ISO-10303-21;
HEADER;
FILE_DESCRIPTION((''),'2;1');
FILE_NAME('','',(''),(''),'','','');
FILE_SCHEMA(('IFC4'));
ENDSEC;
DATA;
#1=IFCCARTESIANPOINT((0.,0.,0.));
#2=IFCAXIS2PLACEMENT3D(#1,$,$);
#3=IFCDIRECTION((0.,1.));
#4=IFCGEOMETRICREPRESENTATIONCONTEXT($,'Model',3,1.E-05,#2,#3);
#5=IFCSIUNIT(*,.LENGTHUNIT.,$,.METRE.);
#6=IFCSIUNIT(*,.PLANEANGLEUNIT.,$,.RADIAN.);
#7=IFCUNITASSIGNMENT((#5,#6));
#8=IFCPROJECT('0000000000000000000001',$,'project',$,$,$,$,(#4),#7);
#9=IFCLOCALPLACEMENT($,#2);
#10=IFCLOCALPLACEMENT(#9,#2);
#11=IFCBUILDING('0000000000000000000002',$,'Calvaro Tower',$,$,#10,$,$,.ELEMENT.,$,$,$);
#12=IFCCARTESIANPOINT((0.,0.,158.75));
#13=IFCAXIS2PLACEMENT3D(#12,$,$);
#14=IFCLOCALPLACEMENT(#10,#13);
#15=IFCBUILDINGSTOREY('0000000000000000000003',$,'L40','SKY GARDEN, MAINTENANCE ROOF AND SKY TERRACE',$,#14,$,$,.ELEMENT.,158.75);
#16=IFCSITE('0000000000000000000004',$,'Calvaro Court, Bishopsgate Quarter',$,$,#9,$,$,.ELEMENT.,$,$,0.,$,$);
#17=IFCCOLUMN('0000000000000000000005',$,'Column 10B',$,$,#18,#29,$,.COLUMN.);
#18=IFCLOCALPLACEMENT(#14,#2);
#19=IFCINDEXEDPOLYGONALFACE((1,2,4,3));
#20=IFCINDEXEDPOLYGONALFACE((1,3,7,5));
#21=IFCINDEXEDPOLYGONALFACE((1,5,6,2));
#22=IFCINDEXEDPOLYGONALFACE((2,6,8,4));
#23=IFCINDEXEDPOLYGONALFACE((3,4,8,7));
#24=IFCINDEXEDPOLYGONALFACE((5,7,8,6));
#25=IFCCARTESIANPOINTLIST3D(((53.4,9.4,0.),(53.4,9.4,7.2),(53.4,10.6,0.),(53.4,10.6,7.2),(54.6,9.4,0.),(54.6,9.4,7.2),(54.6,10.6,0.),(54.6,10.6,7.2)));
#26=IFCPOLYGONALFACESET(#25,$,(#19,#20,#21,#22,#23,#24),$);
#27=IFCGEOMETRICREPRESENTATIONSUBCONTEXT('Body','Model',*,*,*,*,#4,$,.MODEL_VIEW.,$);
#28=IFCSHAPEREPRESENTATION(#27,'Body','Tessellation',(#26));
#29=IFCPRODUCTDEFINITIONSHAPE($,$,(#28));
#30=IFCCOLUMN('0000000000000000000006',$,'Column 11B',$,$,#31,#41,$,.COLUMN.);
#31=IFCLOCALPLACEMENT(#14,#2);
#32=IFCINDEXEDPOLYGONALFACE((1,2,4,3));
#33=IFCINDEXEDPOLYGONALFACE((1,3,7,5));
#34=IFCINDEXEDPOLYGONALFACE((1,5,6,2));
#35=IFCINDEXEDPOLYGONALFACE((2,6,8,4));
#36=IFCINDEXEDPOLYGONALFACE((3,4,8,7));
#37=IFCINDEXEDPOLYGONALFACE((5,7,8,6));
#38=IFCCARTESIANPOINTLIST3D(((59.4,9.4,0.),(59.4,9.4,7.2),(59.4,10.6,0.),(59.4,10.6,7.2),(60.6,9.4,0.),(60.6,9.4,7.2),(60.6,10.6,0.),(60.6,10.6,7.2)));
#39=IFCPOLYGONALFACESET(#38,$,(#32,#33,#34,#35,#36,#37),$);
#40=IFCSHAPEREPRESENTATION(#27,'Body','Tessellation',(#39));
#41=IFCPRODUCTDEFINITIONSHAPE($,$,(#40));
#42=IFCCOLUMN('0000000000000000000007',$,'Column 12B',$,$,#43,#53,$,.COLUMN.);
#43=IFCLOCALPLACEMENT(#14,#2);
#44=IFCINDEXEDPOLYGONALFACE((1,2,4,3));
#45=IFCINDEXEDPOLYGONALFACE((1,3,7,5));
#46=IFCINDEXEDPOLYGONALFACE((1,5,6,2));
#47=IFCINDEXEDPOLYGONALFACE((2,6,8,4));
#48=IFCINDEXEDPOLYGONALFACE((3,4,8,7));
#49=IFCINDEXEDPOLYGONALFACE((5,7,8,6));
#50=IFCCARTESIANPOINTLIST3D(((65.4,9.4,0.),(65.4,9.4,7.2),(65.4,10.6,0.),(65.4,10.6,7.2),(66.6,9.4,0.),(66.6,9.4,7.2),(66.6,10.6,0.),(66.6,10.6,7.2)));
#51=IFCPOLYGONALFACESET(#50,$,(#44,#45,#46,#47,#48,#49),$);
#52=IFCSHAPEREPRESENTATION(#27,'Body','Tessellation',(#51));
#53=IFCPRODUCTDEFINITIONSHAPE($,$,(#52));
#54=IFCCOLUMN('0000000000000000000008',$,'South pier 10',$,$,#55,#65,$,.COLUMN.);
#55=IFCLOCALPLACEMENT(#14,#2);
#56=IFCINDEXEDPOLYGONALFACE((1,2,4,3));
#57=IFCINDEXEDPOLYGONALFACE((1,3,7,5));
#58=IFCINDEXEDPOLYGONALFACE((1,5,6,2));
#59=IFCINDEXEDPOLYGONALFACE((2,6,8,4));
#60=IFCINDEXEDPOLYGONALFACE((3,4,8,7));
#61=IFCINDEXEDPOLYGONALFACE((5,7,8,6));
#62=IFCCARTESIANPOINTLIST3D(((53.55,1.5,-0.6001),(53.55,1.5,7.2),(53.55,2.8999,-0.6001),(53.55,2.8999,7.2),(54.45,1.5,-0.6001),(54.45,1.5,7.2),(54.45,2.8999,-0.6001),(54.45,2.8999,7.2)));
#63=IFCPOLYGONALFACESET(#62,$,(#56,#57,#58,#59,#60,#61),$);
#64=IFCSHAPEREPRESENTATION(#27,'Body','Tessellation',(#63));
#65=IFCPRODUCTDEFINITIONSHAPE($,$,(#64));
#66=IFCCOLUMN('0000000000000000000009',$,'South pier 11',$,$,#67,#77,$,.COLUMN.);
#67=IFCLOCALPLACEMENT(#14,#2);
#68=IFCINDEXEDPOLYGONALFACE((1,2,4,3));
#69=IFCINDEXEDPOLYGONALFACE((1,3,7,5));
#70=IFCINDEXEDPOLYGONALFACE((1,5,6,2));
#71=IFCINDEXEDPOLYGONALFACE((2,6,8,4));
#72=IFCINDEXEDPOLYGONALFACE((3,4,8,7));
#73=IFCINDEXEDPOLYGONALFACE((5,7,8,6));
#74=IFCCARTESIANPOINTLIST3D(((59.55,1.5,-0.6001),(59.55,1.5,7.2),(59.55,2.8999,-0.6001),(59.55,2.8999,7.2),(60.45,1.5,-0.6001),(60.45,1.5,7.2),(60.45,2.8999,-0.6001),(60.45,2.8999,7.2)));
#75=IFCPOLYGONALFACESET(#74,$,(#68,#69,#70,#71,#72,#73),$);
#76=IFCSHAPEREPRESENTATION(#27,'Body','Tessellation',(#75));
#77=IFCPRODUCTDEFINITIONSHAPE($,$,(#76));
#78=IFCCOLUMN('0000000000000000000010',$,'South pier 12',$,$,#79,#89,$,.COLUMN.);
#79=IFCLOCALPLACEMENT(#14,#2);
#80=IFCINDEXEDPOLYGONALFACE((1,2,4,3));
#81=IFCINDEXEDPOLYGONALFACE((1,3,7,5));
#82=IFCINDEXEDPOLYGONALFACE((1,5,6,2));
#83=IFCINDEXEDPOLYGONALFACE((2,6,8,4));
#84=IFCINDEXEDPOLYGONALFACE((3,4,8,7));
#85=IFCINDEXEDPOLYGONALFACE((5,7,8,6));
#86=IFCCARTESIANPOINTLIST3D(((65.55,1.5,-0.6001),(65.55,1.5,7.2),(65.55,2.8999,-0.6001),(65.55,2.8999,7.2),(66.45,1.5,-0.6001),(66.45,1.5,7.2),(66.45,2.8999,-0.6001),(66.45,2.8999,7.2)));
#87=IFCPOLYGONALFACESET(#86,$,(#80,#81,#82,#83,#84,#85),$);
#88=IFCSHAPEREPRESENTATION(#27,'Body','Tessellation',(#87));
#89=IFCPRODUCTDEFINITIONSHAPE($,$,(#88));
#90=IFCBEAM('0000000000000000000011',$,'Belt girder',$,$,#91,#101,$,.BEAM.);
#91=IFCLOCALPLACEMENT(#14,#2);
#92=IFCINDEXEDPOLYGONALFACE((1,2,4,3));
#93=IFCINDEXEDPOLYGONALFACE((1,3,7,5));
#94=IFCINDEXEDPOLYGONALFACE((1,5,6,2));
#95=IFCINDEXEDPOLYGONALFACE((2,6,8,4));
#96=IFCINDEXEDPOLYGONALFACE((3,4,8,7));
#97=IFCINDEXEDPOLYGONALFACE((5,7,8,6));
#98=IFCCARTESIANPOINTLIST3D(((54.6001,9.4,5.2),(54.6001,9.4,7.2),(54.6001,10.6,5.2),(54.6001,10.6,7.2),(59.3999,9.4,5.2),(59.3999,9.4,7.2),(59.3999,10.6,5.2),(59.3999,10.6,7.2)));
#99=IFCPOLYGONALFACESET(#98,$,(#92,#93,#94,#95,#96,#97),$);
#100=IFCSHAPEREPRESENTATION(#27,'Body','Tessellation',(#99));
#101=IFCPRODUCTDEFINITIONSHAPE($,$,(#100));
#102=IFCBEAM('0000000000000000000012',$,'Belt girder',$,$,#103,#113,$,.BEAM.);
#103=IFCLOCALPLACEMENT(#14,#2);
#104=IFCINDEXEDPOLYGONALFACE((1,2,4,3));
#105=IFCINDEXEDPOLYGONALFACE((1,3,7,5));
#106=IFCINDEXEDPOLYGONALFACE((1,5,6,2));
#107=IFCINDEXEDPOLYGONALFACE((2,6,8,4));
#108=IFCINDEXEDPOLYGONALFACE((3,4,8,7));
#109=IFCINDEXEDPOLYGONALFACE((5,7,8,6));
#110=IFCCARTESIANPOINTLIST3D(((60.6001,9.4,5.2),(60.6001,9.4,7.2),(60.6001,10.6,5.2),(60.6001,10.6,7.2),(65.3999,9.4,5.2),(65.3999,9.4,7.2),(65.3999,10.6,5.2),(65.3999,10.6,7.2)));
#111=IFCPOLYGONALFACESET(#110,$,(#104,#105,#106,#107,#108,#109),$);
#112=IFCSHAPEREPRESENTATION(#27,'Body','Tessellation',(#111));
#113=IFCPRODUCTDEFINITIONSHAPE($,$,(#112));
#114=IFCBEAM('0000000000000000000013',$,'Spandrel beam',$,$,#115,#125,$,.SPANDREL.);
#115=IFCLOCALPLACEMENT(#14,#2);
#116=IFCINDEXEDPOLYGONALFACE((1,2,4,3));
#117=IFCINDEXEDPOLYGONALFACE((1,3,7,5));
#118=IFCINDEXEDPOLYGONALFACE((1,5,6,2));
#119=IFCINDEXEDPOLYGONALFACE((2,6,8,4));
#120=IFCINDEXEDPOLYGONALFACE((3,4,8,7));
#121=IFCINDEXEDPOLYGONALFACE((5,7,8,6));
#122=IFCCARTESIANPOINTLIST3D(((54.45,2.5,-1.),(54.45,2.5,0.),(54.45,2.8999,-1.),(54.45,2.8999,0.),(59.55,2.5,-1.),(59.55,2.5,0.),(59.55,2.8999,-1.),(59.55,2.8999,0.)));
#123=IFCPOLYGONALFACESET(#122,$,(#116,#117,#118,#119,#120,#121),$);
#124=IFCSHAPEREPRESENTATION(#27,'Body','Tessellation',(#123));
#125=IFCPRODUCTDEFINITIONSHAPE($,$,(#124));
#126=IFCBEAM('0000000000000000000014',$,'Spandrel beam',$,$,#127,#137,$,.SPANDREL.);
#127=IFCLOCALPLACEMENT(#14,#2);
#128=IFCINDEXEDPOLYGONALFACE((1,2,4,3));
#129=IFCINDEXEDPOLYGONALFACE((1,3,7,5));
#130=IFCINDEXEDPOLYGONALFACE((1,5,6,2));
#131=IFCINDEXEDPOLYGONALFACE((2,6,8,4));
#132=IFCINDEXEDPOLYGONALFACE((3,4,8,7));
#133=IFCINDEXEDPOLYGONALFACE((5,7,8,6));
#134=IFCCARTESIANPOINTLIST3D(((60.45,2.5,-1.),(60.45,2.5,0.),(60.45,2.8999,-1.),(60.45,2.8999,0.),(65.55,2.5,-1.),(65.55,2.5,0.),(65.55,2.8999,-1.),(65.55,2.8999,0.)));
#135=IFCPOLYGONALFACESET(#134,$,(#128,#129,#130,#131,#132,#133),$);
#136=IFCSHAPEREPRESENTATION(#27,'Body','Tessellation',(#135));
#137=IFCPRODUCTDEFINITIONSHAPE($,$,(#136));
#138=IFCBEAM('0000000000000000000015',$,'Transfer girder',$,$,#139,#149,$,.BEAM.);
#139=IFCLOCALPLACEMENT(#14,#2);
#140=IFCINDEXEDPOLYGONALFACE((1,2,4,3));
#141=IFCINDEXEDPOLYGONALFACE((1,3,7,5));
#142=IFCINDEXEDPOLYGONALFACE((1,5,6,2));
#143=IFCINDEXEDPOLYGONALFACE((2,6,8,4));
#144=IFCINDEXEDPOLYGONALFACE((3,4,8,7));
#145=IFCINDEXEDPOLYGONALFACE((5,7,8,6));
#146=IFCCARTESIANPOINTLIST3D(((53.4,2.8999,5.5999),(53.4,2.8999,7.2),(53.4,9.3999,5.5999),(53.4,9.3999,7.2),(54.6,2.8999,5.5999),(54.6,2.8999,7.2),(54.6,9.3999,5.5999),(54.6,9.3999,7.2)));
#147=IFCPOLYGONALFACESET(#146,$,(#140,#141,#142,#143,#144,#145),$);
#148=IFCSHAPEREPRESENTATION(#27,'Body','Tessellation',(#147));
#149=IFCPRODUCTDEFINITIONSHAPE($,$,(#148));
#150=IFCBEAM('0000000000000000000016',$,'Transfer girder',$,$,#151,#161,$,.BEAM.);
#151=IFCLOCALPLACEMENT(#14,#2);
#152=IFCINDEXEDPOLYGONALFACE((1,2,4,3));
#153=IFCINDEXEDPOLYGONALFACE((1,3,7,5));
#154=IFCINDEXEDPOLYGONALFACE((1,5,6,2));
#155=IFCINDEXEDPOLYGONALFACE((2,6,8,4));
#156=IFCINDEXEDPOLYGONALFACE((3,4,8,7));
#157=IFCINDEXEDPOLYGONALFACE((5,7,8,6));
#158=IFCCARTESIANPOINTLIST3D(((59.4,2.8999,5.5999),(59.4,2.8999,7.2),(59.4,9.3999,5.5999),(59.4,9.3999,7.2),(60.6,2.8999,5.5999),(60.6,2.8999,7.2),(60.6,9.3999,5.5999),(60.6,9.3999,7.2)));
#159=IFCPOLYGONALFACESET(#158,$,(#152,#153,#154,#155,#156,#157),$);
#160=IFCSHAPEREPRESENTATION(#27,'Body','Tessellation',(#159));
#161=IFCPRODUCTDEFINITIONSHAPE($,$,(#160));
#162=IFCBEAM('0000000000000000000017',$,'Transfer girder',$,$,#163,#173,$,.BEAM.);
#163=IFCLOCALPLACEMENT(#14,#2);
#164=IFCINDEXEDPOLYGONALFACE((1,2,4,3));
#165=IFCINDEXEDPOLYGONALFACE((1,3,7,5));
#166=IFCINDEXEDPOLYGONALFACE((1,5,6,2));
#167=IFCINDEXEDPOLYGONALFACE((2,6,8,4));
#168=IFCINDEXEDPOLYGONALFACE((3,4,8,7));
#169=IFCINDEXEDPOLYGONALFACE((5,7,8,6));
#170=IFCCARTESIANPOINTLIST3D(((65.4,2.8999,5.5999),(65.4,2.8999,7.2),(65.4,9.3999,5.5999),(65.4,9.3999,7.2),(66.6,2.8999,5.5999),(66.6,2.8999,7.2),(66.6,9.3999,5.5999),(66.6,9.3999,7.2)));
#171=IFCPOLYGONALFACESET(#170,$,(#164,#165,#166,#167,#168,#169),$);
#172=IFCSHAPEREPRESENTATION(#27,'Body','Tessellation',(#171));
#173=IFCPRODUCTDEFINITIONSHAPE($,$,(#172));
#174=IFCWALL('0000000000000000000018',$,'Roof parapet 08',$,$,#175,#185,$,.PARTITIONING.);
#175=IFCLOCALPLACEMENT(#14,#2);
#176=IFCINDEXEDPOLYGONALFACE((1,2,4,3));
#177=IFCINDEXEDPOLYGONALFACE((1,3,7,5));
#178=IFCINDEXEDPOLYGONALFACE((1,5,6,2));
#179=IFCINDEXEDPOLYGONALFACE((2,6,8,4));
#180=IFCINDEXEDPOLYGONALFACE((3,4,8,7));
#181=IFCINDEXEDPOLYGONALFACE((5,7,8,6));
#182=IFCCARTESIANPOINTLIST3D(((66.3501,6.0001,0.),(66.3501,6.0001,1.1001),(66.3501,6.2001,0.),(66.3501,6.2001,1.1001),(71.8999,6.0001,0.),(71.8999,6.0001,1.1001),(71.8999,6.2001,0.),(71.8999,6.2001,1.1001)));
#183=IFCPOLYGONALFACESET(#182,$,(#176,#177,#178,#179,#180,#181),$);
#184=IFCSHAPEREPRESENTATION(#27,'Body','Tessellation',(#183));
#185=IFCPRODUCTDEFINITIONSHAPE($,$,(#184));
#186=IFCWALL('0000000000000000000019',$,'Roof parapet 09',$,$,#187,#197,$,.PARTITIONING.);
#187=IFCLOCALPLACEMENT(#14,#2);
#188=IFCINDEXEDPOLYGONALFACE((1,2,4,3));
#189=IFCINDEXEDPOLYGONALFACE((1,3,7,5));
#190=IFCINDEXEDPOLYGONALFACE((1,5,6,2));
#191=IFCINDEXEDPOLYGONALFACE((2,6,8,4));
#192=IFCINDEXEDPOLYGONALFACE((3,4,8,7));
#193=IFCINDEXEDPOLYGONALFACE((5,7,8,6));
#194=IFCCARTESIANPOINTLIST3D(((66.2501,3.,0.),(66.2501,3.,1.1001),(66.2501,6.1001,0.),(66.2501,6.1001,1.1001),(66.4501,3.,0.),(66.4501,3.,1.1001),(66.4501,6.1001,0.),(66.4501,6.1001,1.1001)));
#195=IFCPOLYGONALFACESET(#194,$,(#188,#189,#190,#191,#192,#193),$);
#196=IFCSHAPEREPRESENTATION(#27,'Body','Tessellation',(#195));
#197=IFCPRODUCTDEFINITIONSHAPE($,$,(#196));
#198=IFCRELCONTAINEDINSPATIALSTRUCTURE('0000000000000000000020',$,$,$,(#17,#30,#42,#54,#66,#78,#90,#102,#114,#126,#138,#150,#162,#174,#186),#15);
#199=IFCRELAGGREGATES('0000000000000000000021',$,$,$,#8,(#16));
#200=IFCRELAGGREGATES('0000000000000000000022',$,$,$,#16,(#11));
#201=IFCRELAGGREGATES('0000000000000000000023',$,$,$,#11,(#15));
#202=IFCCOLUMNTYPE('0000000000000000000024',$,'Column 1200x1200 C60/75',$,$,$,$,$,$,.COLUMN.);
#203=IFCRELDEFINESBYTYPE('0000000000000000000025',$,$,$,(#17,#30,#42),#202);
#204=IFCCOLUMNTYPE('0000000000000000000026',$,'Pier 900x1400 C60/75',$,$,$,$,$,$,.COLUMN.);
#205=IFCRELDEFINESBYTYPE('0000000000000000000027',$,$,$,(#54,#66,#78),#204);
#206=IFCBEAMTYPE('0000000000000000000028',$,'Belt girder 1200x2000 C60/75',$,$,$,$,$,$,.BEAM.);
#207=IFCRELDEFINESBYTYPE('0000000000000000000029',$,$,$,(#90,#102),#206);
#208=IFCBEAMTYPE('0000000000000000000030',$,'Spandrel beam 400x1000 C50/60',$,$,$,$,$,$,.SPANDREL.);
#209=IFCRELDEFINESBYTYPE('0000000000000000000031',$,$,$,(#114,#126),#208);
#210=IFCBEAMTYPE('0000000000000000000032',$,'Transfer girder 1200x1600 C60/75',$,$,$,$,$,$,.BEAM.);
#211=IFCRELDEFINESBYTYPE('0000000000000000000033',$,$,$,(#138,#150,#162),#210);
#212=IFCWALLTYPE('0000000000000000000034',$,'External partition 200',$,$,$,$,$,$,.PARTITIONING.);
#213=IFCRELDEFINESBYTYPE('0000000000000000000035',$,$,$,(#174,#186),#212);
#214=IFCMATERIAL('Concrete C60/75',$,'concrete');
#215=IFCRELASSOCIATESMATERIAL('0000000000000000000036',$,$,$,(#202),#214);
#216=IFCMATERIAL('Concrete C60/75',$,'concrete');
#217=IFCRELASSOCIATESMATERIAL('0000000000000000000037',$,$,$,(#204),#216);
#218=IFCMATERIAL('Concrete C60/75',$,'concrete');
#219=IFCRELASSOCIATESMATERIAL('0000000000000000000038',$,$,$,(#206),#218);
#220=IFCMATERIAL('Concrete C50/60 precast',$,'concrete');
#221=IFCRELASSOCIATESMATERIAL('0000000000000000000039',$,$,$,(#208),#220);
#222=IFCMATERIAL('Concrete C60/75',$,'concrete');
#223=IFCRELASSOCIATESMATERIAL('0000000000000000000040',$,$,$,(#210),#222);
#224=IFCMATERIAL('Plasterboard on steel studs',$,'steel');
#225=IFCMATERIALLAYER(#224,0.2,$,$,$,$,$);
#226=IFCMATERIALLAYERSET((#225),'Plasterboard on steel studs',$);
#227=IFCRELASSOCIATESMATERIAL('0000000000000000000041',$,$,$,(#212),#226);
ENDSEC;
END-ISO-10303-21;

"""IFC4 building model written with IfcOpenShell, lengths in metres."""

from ifc_helpers import new_model, si_unit, direction, frame, frame_2d, origin, origin_2d, place, context, subcontext, project, spatial, rectangle, extrude, material, layer, layer_set, material_profile, profile_set, type_object, element, save


model = new_model("IFC4")

# Units and contexts
model_context = context("Model", 3, precision=1e-05, world=origin(), true_north=direction((0.0, 1.0)))
body_context = subcontext(model_context, "Body", "Model", "MODEL_VIEW")
ifc_project = project(units=[si_unit("LENGTHUNIT", "METRE"), si_unit("PLANEANGLEUNIT", "RADIAN")], contexts=[model_context])

# Site, building, storey
site_placement = place(None, origin())
site = spatial("IfcSite", under=ifc_project, at=site_placement, Name="Calvaro Court, Bishopsgate Quarter", CompositionType="ELEMENT", RefElevation=0.0)
building_placement = place(site_placement, origin())
building = spatial("IfcBuilding", under=site, at=building_placement, Name="Calvaro Tower", CompositionType="ELEMENT")
storey_placement = place(building_placement, frame((0.0, 0.0, 158.75)))
storey = spatial("IfcBuildingStorey", under=building, at=storey_placement, Name="L40", Description="SKY GARDEN, MAINTENANCE ROOF AND SKY TERRACE", CompositionType="ELEMENT", Elevation=158.75)

# Columns
ifc_material_1 = material(Name="Concrete C60/75", Category="concrete")
ifc_material_profile_1 = material_profile(ifc_material_1, rectangle(XDim=1.2, YDim=1.2, at=origin_2d()), Name="RC 1200x1200")
ifc_profile_set_1 = profile_set([ifc_material_profile_1], Name="Concrete C60/75")
column_type_1 = type_object("IfcColumnType", Name="Column 1200x1200 C60/75", PredefinedType="COLUMN", material=ifc_profile_set_1)
for number, where, z_axis, x_axis, name in (
    (1, (54.0, 10.0, 0.0), (0.0, 0.0, 1.0), (1.0, 0.0, 0.0), "Column 10B"),
    (2, (60.0, 10.0, 0.0), (0.0, 0.0, 1.0), (1.0, 0.0, 0.0), "Column 11B"),
    (3, (66.0, 10.0, 0.0), (0.0, 0.0, 1.0), (1.0, 0.0, 0.0), "Column 12B"),
):
    element("IfcColumn", number, at=place(storey_placement, frame(where, z_axis=z_axis, x_axis=x_axis)), inside=storey, type_object=column_type_1, Name=name, PredefinedType="COLUMN", context=body_context, shape_type="SweptSolid", body=[
        extrude(rectangle(XDim=1.2, YDim=1.2, at=origin_2d()), origin(), (0.0, 0.0, 1.0), 7.2),
    ])
ifc_material_2 = material(Name="Concrete C60/75", Category="concrete")
ifc_material_profile_2 = material_profile(ifc_material_2, rectangle(XDim=0.8999, YDim=1.3999, at=origin_2d()), Name="RC 900x1400")
ifc_profile_set_2 = profile_set([ifc_material_profile_2], Name="Concrete C60/75")
column_type_2 = type_object("IfcColumnType", Name="Pier 900x1400 C60/75", PredefinedType="COLUMN", material=ifc_profile_set_2)
for number, where, z_axis, x_axis, name in (
    (4, (54.0, 2.2, -0.6001), (0.0, 0.0, 1.0), (1.0, 0.0, 0.0), "South pier 10"),
    (5, (60.0, 2.2, -0.6001), (0.0, 0.0, 1.0), (1.0, 0.0, 0.0), "South pier 11"),
    (6, (66.0, 2.2, -0.6001), (0.0, 0.0, 1.0), (1.0, 0.0, 0.0), "South pier 12"),
):
    element("IfcColumn", number, at=place(storey_placement, frame(where, z_axis=z_axis, x_axis=x_axis)), inside=storey, type_object=column_type_2, Name=name, PredefinedType="COLUMN", context=body_context, shape_type="SweptSolid", body=[
        extrude(rectangle(XDim=0.8999, YDim=1.3999, at=origin_2d()), origin(), (0.0, 0.0, 1.0), 7.8),
    ])

# Beams
ifc_material_3 = material(Name="Concrete C60/75", Category="concrete")
ifc_material_profile_3 = material_profile(ifc_material_3, rectangle(XDim=1.2, YDim=2.0, at=origin_2d()), Name="RC 1200x2000")
ifc_profile_set_3 = profile_set([ifc_material_profile_3], Name="Concrete C60/75")
beam_type_1 = type_object("IfcBeamType", Name="Belt girder 1200x2000 C60/75", PredefinedType="BEAM", material=ifc_profile_set_3)
for number, where, z_axis, x_axis, name in (
    (7, (54.6001, 10.0, 6.2), (1.0, 0.0, 0.0), (0.0, 1.0, 0.0), "Belt girder"),
    (8, (60.6001, 10.0, 6.2), (1.0, 0.0, 0.0), (0.0, 1.0, 0.0), "Belt girder"),
):
    element("IfcBeam", number, at=place(storey_placement, frame(where, z_axis=z_axis, x_axis=x_axis)), inside=storey, type_object=beam_type_1, Name=name, PredefinedType="BEAM", context=body_context, shape_type="SweptSolid", body=[
        extrude(rectangle(XDim=1.2, YDim=2.0, at=origin_2d()), origin(), (0.0, 0.0, 1.0), 4.7998),
    ])
ifc_material_4 = material(Name="Concrete C50/60 precast", Category="concrete")
ifc_material_profile_4 = material_profile(ifc_material_4, rectangle(XDim=0.3999, YDim=1.0, at=origin_2d()), Name="RC 400x1000")
ifc_profile_set_4 = profile_set([ifc_material_profile_4], Name="Concrete C50/60 precast")
beam_type_2 = type_object("IfcBeamType", Name="Spandrel beam 400x1000 C50/60", PredefinedType="SPANDREL", material=ifc_profile_set_4)
for number, where, z_axis, x_axis, name in (
    (9, (54.45, 2.7, -0.5), (1.0, 0.0, 0.0), (0.0, 1.0, 0.0), "Spandrel beam"),
    (10, (60.45, 2.7, -0.5), (1.0, 0.0, 0.0), (0.0, 1.0, 0.0), "Spandrel beam"),
):
    element("IfcBeam", number, at=place(storey_placement, frame(where, z_axis=z_axis, x_axis=x_axis)), inside=storey, type_object=beam_type_2, Name=name, PredefinedType="SPANDREL", context=body_context, shape_type="SweptSolid", body=[
        extrude(rectangle(XDim=0.3999, YDim=1.0, at=origin_2d()), origin(), (0.0, 0.0, 1.0), 5.1001),
    ])
ifc_material_5 = material(Name="Concrete C60/75", Category="concrete")
ifc_material_profile_5 = material_profile(ifc_material_5, rectangle(XDim=1.2, YDim=1.6001, at=origin_2d()), Name="RC 1200x1600")
ifc_profile_set_5 = profile_set([ifc_material_profile_5], Name="Concrete C60/75")
beam_type_3 = type_object("IfcBeamType", Name="Transfer girder 1200x1600 C60/75", PredefinedType="BEAM", material=ifc_profile_set_5)
for number, where, z_axis, x_axis, name in (
    (11, (54.0, 2.8999, 6.3999), (0.0, 1.0, 0.0), (-1.0, 0.0, 0.0), "Transfer girder"),
    (12, (60.0, 2.8999, 6.3999), (0.0, 1.0, 0.0), (-1.0, 0.0, 0.0), "Transfer girder"),
    (13, (66.0, 2.8999, 6.3999), (0.0, 1.0, 0.0), (-1.0, 0.0, 0.0), "Transfer girder"),
):
    element("IfcBeam", number, at=place(storey_placement, frame(where, z_axis=z_axis, x_axis=x_axis)), inside=storey, type_object=beam_type_3, Name=name, PredefinedType="BEAM", context=body_context, shape_type="SweptSolid", body=[
        extrude(rectangle(XDim=1.2, YDim=1.6001, at=origin_2d()), origin(), (0.0, 0.0, 1.0), 6.5),
    ])

# Walls
ifc_material_6 = material(Name="Plasterboard on steel studs", Category="steel")
ifc_layer = layer(ifc_material_6, 0.2)
ifc_layer_set = layer_set([ifc_layer], Name="Plasterboard on steel studs")
wall_type = type_object("IfcWallType", Name="External partition 200", PredefinedType="PARTITIONING", material=ifc_layer_set)
wall_1_placement = place(storey_placement, frame((71.8999, 6.1001, 0.0), z_axis=(0.0, 0.0, 1.0), x_axis=(-1.0, 0.0, 0.0)))
element("IfcWall", 14, at=wall_1_placement, inside=storey, type_object=wall_type, Name="Roof parapet 08", PredefinedType="PARTITIONING", context=body_context, shape_type="SweptSolid", body=[
    extrude(rectangle(XDim=5.5498, YDim=0.2, at=frame_2d((2.7749, 0.0))), origin(), (0.0, 0.0, 1.0), 1.1001),
])
wall_2_placement = place(storey_placement, frame((66.3501, 6.1001, 0.0), z_axis=(0.0, 0.0, 1.0), x_axis=(0.0, -1.0, 0.0)))
element("IfcWall", 15, at=wall_2_placement, inside=storey, type_object=wall_type, Name="Roof parapet 09", PredefinedType="PARTITIONING", context=body_context, shape_type="SweptSolid", body=[
    extrude(rectangle(XDim=3.1001, YDim=0.2, at=frame_2d((1.55, 0.0))), origin(), (0.0, 0.0, 1.0), 1.1001),
])

save(model, "model.ifc")
